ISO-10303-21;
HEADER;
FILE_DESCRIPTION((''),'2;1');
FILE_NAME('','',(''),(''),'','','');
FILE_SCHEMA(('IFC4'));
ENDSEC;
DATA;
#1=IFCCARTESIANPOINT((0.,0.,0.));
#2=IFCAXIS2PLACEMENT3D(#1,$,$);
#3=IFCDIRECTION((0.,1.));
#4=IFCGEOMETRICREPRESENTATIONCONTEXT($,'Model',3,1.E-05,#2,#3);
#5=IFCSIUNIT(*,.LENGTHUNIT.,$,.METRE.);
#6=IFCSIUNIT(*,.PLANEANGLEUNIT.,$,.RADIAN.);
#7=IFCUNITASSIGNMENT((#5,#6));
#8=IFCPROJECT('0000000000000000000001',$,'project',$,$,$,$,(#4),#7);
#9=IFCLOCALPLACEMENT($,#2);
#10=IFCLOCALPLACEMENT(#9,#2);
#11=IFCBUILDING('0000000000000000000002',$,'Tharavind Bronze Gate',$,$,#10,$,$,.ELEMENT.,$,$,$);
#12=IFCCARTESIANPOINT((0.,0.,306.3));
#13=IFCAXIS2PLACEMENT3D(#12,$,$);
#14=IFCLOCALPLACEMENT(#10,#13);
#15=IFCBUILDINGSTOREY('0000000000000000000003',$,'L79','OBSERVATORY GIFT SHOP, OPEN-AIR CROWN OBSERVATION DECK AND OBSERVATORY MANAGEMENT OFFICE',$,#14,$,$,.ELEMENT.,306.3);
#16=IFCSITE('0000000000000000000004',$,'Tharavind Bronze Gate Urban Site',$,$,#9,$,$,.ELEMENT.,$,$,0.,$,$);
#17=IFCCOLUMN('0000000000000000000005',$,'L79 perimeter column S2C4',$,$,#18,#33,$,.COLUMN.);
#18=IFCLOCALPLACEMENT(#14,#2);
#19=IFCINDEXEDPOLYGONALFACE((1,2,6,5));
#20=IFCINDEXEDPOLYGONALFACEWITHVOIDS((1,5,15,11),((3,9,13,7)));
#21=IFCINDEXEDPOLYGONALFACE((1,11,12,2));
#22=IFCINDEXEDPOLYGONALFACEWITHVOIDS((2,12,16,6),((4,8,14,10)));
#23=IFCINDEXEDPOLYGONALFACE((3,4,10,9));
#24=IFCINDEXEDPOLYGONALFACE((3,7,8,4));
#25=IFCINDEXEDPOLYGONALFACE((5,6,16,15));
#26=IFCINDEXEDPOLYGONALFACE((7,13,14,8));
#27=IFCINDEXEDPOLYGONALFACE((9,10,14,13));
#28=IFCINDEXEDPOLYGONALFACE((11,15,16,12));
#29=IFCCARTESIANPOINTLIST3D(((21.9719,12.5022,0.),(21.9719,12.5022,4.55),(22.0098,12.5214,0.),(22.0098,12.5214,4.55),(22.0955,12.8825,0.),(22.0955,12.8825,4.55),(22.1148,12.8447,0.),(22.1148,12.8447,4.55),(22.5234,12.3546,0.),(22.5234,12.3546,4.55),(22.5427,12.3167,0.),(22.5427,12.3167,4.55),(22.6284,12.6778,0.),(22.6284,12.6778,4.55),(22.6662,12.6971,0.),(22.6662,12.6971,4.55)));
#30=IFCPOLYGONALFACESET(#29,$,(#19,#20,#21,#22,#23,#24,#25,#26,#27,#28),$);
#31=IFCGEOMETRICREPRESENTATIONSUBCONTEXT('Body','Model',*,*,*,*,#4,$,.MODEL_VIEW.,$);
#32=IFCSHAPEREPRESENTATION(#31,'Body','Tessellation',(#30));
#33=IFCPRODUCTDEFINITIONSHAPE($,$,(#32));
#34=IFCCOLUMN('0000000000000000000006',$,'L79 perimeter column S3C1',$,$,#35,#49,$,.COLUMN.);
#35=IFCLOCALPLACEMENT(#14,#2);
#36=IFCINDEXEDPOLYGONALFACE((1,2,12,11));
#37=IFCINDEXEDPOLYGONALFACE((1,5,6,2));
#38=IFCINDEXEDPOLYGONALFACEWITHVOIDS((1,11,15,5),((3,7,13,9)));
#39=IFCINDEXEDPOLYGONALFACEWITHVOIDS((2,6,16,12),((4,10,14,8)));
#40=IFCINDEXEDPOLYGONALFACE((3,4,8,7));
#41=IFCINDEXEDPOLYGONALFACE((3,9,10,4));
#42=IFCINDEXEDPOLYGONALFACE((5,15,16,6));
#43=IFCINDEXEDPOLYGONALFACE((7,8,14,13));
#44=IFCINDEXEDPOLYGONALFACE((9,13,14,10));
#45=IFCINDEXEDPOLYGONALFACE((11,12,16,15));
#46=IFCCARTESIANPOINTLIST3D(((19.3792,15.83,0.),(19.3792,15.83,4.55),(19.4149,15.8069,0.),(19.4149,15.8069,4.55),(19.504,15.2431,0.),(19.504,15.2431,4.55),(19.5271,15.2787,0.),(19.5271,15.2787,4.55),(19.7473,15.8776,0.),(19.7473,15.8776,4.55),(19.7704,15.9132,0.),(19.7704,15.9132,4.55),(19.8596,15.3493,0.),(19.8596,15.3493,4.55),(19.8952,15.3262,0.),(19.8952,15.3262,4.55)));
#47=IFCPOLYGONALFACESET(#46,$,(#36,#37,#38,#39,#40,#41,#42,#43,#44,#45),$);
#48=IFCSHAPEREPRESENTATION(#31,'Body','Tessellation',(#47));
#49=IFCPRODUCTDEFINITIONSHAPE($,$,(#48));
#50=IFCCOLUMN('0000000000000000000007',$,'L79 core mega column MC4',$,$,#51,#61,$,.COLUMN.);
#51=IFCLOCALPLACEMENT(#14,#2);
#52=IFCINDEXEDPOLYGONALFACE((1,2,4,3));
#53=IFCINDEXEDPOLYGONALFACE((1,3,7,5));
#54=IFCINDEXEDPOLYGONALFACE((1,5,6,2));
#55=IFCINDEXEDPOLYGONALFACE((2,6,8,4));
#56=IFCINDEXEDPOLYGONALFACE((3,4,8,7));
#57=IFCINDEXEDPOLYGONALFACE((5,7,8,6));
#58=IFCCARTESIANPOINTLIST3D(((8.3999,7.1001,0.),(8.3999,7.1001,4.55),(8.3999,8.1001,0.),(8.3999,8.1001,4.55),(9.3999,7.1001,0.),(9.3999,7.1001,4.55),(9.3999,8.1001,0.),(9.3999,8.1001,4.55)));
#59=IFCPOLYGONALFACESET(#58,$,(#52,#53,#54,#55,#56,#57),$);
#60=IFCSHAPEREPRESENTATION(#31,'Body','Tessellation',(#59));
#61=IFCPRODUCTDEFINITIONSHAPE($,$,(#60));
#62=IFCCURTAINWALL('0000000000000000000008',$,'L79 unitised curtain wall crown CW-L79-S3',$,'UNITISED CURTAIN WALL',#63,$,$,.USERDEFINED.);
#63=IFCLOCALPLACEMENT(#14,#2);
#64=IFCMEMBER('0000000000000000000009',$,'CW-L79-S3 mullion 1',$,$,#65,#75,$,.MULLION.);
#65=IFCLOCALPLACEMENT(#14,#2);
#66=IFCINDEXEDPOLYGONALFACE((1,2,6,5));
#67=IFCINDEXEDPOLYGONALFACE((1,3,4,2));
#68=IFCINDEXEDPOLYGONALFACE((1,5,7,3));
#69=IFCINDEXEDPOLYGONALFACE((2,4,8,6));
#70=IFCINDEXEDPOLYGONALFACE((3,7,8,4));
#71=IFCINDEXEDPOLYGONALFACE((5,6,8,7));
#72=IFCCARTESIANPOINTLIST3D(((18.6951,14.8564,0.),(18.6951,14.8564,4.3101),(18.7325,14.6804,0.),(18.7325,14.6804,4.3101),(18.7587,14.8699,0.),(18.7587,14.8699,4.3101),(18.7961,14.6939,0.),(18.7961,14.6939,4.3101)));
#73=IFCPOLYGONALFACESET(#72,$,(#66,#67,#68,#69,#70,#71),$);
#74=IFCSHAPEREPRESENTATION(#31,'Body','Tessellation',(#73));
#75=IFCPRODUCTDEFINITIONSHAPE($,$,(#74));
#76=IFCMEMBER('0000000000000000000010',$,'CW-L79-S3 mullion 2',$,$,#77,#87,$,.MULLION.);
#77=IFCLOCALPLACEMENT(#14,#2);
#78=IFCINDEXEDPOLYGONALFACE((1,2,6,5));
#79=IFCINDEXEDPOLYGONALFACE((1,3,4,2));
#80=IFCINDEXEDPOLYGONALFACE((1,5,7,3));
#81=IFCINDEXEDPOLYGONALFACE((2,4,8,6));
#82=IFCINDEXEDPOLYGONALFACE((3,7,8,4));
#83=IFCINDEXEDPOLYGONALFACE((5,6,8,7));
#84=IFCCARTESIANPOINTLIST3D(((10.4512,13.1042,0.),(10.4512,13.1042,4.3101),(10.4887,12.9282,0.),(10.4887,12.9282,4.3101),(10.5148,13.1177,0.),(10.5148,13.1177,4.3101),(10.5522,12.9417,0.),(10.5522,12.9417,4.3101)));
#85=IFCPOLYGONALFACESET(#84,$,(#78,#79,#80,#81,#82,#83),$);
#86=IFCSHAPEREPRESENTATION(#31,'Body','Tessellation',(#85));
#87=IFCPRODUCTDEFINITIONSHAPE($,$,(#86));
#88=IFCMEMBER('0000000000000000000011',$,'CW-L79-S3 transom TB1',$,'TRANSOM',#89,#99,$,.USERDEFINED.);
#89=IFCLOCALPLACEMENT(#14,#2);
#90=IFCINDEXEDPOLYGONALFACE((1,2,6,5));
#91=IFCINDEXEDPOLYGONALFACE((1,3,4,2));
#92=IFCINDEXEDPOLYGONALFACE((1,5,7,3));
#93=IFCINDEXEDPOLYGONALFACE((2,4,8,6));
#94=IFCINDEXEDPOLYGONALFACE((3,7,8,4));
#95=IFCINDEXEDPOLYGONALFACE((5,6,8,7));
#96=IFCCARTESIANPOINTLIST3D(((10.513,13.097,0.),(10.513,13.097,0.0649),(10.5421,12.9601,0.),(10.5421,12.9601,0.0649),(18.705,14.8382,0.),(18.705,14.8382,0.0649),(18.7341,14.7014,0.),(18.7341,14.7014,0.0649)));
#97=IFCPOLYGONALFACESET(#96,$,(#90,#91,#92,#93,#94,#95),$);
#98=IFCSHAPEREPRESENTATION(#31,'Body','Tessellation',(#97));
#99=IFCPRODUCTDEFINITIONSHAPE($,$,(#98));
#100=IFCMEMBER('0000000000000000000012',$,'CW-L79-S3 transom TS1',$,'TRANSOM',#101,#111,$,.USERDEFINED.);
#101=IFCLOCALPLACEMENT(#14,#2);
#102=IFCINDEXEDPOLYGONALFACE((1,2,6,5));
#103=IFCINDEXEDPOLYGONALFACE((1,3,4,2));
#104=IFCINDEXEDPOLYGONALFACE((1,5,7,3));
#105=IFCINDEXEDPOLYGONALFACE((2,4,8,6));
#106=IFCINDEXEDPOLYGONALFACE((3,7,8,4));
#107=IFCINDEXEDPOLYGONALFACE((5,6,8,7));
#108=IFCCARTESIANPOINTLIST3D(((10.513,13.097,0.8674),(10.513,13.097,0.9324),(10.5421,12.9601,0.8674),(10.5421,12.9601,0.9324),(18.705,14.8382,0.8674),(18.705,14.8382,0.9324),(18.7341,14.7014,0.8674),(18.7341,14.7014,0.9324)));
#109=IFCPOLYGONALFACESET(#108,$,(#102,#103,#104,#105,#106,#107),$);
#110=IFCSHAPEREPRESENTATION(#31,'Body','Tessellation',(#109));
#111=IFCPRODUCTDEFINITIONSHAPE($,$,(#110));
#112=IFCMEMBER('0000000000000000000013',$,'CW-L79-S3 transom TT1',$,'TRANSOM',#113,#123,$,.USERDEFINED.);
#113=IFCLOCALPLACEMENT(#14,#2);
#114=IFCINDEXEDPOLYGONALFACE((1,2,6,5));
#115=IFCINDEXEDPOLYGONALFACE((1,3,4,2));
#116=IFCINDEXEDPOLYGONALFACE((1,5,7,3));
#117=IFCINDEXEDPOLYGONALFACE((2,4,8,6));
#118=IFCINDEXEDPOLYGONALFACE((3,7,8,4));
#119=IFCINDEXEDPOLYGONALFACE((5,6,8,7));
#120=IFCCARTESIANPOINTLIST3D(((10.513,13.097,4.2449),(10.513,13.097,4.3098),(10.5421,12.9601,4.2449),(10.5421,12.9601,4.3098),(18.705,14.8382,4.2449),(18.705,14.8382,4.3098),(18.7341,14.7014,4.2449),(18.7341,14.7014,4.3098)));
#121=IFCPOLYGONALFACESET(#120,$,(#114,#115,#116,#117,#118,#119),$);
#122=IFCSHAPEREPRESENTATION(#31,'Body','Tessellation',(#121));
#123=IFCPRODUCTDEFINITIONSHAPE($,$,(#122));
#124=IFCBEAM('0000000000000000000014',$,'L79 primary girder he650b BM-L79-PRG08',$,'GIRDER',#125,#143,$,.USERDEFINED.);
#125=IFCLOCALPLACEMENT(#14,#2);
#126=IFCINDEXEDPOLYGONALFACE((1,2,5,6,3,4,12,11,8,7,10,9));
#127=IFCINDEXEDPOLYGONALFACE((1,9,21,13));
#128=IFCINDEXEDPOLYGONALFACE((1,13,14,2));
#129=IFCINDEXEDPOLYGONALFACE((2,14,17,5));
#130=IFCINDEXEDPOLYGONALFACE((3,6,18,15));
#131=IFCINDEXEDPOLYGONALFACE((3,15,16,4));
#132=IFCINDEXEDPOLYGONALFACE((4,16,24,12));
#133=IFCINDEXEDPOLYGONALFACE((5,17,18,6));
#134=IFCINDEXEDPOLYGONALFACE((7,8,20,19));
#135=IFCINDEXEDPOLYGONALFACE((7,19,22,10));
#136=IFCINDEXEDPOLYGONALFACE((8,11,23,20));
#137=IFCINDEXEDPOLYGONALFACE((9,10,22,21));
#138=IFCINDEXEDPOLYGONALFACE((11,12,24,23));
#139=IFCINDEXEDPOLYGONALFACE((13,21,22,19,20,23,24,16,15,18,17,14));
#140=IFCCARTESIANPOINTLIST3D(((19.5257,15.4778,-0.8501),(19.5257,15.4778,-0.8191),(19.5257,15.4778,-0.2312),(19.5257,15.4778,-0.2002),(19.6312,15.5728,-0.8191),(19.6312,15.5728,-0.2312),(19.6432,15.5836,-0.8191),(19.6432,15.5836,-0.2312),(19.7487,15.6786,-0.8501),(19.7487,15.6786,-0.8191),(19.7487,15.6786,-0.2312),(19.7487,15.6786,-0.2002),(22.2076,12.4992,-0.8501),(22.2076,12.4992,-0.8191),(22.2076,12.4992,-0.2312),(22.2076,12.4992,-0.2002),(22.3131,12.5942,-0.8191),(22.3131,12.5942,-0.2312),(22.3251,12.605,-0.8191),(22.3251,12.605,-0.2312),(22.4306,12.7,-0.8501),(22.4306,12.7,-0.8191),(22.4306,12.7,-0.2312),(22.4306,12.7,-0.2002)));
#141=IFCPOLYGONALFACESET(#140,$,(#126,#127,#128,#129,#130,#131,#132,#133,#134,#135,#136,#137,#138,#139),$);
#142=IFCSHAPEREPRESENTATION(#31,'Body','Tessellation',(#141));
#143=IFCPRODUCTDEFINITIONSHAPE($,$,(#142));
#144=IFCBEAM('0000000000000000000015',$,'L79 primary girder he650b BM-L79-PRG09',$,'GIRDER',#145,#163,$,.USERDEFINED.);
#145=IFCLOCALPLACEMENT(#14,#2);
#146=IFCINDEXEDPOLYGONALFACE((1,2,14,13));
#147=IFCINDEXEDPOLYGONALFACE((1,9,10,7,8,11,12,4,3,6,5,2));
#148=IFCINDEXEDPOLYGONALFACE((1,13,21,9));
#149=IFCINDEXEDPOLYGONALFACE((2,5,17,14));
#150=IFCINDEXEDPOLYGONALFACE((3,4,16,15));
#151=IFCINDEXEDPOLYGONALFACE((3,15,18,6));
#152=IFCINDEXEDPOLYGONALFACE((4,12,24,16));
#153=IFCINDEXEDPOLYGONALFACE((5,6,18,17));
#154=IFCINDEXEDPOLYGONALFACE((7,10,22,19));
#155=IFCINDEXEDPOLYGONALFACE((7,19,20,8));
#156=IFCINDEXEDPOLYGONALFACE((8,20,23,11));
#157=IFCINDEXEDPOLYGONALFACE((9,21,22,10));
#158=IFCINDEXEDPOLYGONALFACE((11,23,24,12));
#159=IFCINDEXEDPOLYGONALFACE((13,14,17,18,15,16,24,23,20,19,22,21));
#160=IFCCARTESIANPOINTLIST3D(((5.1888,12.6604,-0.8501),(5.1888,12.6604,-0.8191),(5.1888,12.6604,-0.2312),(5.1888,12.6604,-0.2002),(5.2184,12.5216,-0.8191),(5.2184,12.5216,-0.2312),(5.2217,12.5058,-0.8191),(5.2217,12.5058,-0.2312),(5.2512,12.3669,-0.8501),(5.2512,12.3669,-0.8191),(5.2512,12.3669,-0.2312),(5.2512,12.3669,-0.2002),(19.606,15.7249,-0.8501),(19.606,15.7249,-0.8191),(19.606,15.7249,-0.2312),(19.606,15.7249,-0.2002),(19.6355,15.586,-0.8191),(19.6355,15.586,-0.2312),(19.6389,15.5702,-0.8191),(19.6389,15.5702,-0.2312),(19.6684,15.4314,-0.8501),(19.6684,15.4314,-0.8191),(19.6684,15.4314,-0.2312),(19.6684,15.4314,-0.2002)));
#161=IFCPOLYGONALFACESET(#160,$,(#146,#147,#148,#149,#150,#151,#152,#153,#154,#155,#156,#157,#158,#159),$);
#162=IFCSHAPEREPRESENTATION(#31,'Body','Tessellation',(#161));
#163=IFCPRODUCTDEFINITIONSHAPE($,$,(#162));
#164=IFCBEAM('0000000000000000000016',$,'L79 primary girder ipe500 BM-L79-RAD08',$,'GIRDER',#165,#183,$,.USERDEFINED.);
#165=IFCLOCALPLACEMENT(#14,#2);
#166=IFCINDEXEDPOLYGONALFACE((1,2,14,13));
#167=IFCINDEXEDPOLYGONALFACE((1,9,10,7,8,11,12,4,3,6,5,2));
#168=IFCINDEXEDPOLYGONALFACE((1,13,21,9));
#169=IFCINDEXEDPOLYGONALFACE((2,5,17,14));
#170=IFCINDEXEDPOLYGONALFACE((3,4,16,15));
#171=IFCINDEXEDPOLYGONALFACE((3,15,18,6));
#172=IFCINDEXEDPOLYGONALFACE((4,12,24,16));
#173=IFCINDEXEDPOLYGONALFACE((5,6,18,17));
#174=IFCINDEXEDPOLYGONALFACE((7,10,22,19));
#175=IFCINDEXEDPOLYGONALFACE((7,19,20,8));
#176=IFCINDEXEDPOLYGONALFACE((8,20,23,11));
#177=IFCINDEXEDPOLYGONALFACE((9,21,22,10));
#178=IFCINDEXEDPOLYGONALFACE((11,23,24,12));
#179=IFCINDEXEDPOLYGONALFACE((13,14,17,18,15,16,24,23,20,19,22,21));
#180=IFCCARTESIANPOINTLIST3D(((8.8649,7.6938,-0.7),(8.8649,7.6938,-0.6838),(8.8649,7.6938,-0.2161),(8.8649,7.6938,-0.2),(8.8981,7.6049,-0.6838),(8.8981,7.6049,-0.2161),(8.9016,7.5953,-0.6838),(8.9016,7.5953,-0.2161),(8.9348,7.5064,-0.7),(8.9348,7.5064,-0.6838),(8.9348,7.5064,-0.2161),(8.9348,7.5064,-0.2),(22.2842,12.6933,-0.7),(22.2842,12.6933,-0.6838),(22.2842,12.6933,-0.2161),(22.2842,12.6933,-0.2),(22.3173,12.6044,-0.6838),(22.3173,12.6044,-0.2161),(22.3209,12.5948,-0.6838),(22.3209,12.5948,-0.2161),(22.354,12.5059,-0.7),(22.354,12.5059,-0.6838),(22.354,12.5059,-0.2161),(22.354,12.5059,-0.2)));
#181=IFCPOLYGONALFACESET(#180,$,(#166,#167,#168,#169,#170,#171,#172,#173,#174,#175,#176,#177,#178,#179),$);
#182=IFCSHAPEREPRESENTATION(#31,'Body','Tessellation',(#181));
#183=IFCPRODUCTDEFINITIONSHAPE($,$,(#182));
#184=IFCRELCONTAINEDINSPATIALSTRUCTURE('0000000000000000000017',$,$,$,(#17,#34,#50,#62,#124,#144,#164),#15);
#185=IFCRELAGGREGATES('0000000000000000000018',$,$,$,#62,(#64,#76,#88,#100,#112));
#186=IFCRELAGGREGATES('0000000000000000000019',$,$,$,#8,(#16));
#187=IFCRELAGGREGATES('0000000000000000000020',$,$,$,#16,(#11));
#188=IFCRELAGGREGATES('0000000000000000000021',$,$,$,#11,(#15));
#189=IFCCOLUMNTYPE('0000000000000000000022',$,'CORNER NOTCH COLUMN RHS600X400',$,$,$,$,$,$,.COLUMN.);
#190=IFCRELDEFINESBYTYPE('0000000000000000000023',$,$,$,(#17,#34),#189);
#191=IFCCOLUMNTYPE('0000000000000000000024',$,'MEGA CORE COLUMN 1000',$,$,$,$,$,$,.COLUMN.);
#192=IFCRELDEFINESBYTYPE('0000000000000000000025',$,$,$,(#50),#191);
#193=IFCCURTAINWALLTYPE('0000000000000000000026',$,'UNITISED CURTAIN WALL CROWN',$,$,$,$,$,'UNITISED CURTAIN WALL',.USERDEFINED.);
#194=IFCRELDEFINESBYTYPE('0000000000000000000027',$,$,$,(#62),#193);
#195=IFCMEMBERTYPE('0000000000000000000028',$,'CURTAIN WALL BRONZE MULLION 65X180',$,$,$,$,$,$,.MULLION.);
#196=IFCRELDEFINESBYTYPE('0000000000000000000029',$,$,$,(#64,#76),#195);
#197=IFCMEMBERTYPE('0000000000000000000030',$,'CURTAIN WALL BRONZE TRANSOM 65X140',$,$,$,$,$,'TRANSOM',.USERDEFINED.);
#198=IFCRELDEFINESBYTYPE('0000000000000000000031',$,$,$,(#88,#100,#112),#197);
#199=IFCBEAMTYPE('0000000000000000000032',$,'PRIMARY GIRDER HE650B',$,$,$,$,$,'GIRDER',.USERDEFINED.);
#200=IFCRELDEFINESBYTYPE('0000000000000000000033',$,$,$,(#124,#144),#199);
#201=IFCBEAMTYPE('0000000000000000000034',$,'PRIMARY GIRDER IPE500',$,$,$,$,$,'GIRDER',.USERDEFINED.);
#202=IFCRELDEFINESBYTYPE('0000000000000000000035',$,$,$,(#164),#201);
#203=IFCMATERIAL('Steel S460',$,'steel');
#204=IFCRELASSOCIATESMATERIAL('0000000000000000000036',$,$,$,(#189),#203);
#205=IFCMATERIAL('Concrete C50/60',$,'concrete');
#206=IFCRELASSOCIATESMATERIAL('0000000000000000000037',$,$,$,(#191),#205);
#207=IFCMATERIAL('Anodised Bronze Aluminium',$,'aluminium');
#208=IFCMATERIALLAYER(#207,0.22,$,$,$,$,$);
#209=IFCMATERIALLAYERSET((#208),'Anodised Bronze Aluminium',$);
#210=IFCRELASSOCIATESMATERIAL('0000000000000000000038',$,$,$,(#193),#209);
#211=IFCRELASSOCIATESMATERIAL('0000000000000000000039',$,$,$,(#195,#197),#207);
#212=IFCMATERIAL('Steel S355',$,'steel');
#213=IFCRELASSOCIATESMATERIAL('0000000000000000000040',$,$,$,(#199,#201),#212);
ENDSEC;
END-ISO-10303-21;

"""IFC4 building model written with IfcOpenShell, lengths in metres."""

from ifc_helpers import new_model, si_unit, direction, frame, origin, origin_2d, place, context, subcontext, project, spatial, rectangle, hollow_rectangle, i_section, extrude, material, layer, layer_set, material_profile, profile_set, type_object, element, aggregate, save


model = new_model("IFC4")

# Units and contexts
model_context = context("Model", 3, precision=1e-05, world=origin(), true_north=direction((0.0, 1.0)))
body_context = subcontext(model_context, "Body", "Model", "MODEL_VIEW")
ifc_project = project(units=[si_unit("LENGTHUNIT", "METRE"), si_unit("PLANEANGLEUNIT", "RADIAN")], contexts=[model_context])

# Site, building, storey
site_placement = place(None, origin())
site = spatial("IfcSite", under=ifc_project, at=site_placement, Name="Tharavind Bronze Gate Urban Site", CompositionType="ELEMENT", RefElevation=0.0)
building_placement = place(site_placement, origin())
building = spatial("IfcBuilding", under=site, at=building_placement, Name="Tharavind Bronze Gate", CompositionType="ELEMENT")
storey_placement = place(building_placement, frame((0.0, 0.0, 306.3)))
storey = spatial("IfcBuildingStorey", under=building, at=storey_placement, Name="L79", Description="OBSERVATORY GIFT SHOP, OPEN-AIR CROWN OBSERVATION DECK AND OBSERVATORY MANAGEMENT OFFICE", CompositionType="ELEMENT", Elevation=306.3)

# Columns
ifc_material_1 = material(Name="Steel S460", Category="steel")
ifc_material_profile_1 = material_profile(ifc_material_1, hollow_rectangle(XDim=0.3999, YDim=0.6001, WallThickness=0.03, at=origin_2d()), Name="RHS600X400X30")
ifc_profile_set_1 = profile_set([ifc_material_profile_1], Name="Steel S460")
column_type_1 = type_object("IfcColumnType", Name="CORNER NOTCH COLUMN RHS600X400", PredefinedType="COLUMN", material=ifc_profile_set_1)
for number, where, z_axis, x_axis, name in (
    (1, (22.3191, 12.5996, 0.0), (0.0, 0.0, 1.0), (0.309019, 0.951056, 0.0), "L79 perimeter column S2C4"),
    (2, (19.6372, 15.5781, 0.0), (0.0, 0.0, 1.0), (0.978147, 0.207913, 0.0), "L79 perimeter column S3C1"),
):
    element("IfcColumn", number, at=place(storey_placement, frame(where, z_axis=z_axis, x_axis=x_axis)), inside=storey, type_object=column_type_1, Name=name, PredefinedType="COLUMN", context=body_context, shape_type="SweptSolid", body=[
        extrude(hollow_rectangle(XDim=0.3999, YDim=0.6001, WallThickness=0.03, at=origin_2d()), origin(), (0.0, 0.0, 1.0), 4.55),
    ])
ifc_material_2 = material(Name="Concrete C50/60", Category="concrete")
ifc_material_profile_2 = material_profile(ifc_material_2, rectangle(XDim=1.0, YDim=1.0, at=origin_2d()), Name="RCCOL1000")
ifc_profile_set_2 = profile_set([ifc_material_profile_2], Name="Concrete C50/60")
column_type_2 = type_object("IfcColumnType", Name="MEGA CORE COLUMN 1000", PredefinedType="COLUMN", material=ifc_profile_set_2)
column_placement = place(storey_placement, frame((8.8999, 7.6001, 0.0), z_axis=(0.0, 0.0, 1.0), x_axis=(1.0, 0.0, 0.0)))
element("IfcColumn", 3, at=column_placement, inside=storey, type_object=column_type_2, Name="L79 core mega column MC4", PredefinedType="COLUMN", context=body_context, shape_type="SweptSolid", body=[
    extrude(rectangle(XDim=1.0, YDim=1.0, at=origin_2d()), origin(), (0.0, 0.0, 1.0), 4.55),
])

# Curtain wall, members
ifc_material_3 = material(Name="Anodised Bronze Aluminium", Category="aluminium")
ifc_layer_1 = layer(ifc_material_3, 0.22)
ifc_layer_set_1 = layer_set([ifc_layer_1], Name="Anodised Bronze Aluminium")
curtain_wall_type = type_object("IfcCurtainWallType", Name="UNITISED CURTAIN WALL CROWN", ElementType="UNITISED CURTAIN WALL", PredefinedType="USERDEFINED", material=ifc_layer_set_1)
curtain_wall_placement = place(storey_placement, origin())
curtain_wall = element("IfcCurtainWall", 4, at=curtain_wall_placement, inside=storey, type_object=curtain_wall_type, Name="L79 unitised curtain wall crown CW-L79-S3", ObjectType="UNITISED CURTAIN WALL", PredefinedType="USERDEFINED")
member_type_1 = type_object("IfcMemberType", Name="CURTAIN WALL BRONZE MULLION 65X180", PredefinedType="MULLION", material=ifc_material_3)
member_1_placement = place(storey_placement, frame((18.7456, 14.7751, 0.0), z_axis=(0.0, 0.0, 1.0), x_axis=(-0.978148, -0.207912, 0.0)))
member_1 = element("IfcMember", 5, at=member_1_placement, type_object=member_type_1, Name="CW-L79-S3 mullion 1", PredefinedType="MULLION", context=body_context, shape_type="SweptSolid", body=[
    extrude(rectangle(XDim=0.0649, YDim=0.1799, at=origin_2d()), origin(), (0.0, 0.0, 1.0), 4.3101),
])
member_2_placement = place(storey_placement, frame((10.5017, 13.0229, 0.0), z_axis=(0.0, 0.0, 1.0), x_axis=(-0.978148, -0.207912, 0.0)))
member_2 = element("IfcMember", 6, at=member_2_placement, type_object=member_type_1, Name="CW-L79-S3 mullion 2", PredefinedType="MULLION", context=body_context, shape_type="SweptSolid", body=[
    extrude(rectangle(XDim=0.0649, YDim=0.1799, at=origin_2d()), origin(), (0.0, 0.0, 1.0), 4.3101),
])
member_type_2 = type_object("IfcMemberType", Name="CURTAIN WALL BRONZE TRANSOM 65X140", ElementType="TRANSOM", PredefinedType="USERDEFINED", material=ifc_material_3)
member_3_placement = place(storey_placement, frame((14.6235, 13.8992, 0.0), z_axis=(0.0, 0.0, 1.0), x_axis=(-0.978148, -0.207912, 0.0)))
member_3 = element("IfcMember", 7, at=member_3_placement, type_object=member_type_2, Name="CW-L79-S3 transom TB1", ObjectType="TRANSOM", PredefinedType="USERDEFINED", context=body_context, shape_type="SweptSolid", body=[
    extrude(rectangle(XDim=8.375, YDim=0.1399, at=origin_2d()), origin(), (0.0, 0.0, 1.0), 0.0649),
])
member_4_placement = place(storey_placement, frame((14.6235, 13.8992, 0.8674), z_axis=(0.0, 0.0, 1.0), x_axis=(-0.978148, -0.207912, 0.0)))
member_4 = element("IfcMember", 8, at=member_4_placement, type_object=member_type_2, Name="CW-L79-S3 transom TS1", ObjectType="TRANSOM", PredefinedType="USERDEFINED", context=body_context, shape_type="SweptSolid", body=[
    extrude(rectangle(XDim=8.375, YDim=0.1399, at=origin_2d()), origin(), (0.0, 0.0, 1.0), 0.0649),
])
member_5_placement = place(storey_placement, frame((14.6235, 13.8992, 4.2449), z_axis=(0.0, 0.0, 1.0), x_axis=(-0.978148, -0.207912, 0.0)))
member_5 = element("IfcMember", 9, at=member_5_placement, type_object=member_type_2, Name="CW-L79-S3 transom TT1", ObjectType="TRANSOM", PredefinedType="USERDEFINED", context=body_context, shape_type="SweptSolid", body=[
    extrude(rectangle(XDim=8.375, YDim=0.1399, at=origin_2d()), origin(), (0.0, 0.0, 1.0), 0.0649),
])

# Beams
ifc_material_4 = material(Name="Steel S355", Category="steel")
ifc_material_profile_3 = material_profile(ifc_material_4, i_section(OverallWidth=0.3, OverallDepth=0.6499, WebThickness=0.0161, FlangeThickness=0.031, at=origin_2d()), Name="HE650B")
ifc_profile_set_3 = profile_set([ifc_material_profile_3], Name="Steel S355")
beam_type_1 = type_object("IfcBeamType", Name="PRIMARY GIRDER HE650B", ElementType="GIRDER", PredefinedType="USERDEFINED", material=ifc_profile_set_3)
beam_1_placement = place(storey_placement, frame((22.3191, 12.5996, -0.5251), z_axis=(-0.669133, 0.743143, 0.0), x_axis=(-0.743143, -0.669133, 0.0)))
element("IfcBeam", 10, at=beam_1_placement, inside=storey, type_object=beam_type_1, Name="L79 primary girder he650b BM-L79-PRG08", ObjectType="GIRDER", PredefinedType="USERDEFINED", context=body_context, shape_type="SweptSolid", body=[
    extrude(i_section(OverallWidth=0.3, OverallDepth=0.6499, WebThickness=0.0161, FlangeThickness=0.031, at=origin_2d()), origin(), (0.0, 0.0, 1.0), 4.0081),
])
beam_2_placement = place(storey_placement, frame((19.6372, 15.5781, -0.5251), z_axis=(-0.978148, -0.20791, 0.0), x_axis=(0.20791, -0.978148, 0.0)))
element("IfcBeam", 11, at=beam_2_placement, inside=storey, type_object=beam_type_1, Name="L79 primary girder he650b BM-L79-PRG09", ObjectType="GIRDER", PredefinedType="USERDEFINED", context=body_context, shape_type="SweptSolid", body=[
    extrude(i_section(OverallWidth=0.3, OverallDepth=0.6499, WebThickness=0.0161, FlangeThickness=0.031, at=origin_2d()), origin(), (0.0, 0.0, 1.0), 14.7393),
])
ifc_material_profile_4 = material_profile(ifc_material_4, i_section(OverallWidth=0.2, OverallDepth=0.5, WebThickness=0.0103, FlangeThickness=0.0161, at=origin_2d()), Name="IPE500")
ifc_profile_set_4 = profile_set([ifc_material_profile_4], Name="Steel S355")
beam_type_2 = type_object("IfcBeamType", Name="PRIMARY GIRDER IPE500", ElementType="GIRDER", PredefinedType="USERDEFINED", material=ifc_profile_set_4)
beam_3_placement = place(storey_placement, frame((22.3191, 12.5996, -0.45), z_axis=(-0.937077, -0.349122, 0.0), x_axis=(0.349122, -0.937077, 0.0)))
element("IfcBeam", 12, at=beam_3_placement, inside=storey, type_object=beam_type_2, Name="L79 primary girder ipe500 BM-L79-RAD08", ObjectType="GIRDER", PredefinedType="USERDEFINED", context=body_context, shape_type="SweptSolid", body=[
    extrude(i_section(OverallWidth=0.2, OverallDepth=0.5, WebThickness=0.0103, FlangeThickness=0.0161, at=origin_2d()), origin(), (0.0, 0.0, 1.0), 14.3203),
])

aggregate(curtain_wall, [member_1, member_2, member_3, member_4, member_5])

save(model, "model.ifc")
